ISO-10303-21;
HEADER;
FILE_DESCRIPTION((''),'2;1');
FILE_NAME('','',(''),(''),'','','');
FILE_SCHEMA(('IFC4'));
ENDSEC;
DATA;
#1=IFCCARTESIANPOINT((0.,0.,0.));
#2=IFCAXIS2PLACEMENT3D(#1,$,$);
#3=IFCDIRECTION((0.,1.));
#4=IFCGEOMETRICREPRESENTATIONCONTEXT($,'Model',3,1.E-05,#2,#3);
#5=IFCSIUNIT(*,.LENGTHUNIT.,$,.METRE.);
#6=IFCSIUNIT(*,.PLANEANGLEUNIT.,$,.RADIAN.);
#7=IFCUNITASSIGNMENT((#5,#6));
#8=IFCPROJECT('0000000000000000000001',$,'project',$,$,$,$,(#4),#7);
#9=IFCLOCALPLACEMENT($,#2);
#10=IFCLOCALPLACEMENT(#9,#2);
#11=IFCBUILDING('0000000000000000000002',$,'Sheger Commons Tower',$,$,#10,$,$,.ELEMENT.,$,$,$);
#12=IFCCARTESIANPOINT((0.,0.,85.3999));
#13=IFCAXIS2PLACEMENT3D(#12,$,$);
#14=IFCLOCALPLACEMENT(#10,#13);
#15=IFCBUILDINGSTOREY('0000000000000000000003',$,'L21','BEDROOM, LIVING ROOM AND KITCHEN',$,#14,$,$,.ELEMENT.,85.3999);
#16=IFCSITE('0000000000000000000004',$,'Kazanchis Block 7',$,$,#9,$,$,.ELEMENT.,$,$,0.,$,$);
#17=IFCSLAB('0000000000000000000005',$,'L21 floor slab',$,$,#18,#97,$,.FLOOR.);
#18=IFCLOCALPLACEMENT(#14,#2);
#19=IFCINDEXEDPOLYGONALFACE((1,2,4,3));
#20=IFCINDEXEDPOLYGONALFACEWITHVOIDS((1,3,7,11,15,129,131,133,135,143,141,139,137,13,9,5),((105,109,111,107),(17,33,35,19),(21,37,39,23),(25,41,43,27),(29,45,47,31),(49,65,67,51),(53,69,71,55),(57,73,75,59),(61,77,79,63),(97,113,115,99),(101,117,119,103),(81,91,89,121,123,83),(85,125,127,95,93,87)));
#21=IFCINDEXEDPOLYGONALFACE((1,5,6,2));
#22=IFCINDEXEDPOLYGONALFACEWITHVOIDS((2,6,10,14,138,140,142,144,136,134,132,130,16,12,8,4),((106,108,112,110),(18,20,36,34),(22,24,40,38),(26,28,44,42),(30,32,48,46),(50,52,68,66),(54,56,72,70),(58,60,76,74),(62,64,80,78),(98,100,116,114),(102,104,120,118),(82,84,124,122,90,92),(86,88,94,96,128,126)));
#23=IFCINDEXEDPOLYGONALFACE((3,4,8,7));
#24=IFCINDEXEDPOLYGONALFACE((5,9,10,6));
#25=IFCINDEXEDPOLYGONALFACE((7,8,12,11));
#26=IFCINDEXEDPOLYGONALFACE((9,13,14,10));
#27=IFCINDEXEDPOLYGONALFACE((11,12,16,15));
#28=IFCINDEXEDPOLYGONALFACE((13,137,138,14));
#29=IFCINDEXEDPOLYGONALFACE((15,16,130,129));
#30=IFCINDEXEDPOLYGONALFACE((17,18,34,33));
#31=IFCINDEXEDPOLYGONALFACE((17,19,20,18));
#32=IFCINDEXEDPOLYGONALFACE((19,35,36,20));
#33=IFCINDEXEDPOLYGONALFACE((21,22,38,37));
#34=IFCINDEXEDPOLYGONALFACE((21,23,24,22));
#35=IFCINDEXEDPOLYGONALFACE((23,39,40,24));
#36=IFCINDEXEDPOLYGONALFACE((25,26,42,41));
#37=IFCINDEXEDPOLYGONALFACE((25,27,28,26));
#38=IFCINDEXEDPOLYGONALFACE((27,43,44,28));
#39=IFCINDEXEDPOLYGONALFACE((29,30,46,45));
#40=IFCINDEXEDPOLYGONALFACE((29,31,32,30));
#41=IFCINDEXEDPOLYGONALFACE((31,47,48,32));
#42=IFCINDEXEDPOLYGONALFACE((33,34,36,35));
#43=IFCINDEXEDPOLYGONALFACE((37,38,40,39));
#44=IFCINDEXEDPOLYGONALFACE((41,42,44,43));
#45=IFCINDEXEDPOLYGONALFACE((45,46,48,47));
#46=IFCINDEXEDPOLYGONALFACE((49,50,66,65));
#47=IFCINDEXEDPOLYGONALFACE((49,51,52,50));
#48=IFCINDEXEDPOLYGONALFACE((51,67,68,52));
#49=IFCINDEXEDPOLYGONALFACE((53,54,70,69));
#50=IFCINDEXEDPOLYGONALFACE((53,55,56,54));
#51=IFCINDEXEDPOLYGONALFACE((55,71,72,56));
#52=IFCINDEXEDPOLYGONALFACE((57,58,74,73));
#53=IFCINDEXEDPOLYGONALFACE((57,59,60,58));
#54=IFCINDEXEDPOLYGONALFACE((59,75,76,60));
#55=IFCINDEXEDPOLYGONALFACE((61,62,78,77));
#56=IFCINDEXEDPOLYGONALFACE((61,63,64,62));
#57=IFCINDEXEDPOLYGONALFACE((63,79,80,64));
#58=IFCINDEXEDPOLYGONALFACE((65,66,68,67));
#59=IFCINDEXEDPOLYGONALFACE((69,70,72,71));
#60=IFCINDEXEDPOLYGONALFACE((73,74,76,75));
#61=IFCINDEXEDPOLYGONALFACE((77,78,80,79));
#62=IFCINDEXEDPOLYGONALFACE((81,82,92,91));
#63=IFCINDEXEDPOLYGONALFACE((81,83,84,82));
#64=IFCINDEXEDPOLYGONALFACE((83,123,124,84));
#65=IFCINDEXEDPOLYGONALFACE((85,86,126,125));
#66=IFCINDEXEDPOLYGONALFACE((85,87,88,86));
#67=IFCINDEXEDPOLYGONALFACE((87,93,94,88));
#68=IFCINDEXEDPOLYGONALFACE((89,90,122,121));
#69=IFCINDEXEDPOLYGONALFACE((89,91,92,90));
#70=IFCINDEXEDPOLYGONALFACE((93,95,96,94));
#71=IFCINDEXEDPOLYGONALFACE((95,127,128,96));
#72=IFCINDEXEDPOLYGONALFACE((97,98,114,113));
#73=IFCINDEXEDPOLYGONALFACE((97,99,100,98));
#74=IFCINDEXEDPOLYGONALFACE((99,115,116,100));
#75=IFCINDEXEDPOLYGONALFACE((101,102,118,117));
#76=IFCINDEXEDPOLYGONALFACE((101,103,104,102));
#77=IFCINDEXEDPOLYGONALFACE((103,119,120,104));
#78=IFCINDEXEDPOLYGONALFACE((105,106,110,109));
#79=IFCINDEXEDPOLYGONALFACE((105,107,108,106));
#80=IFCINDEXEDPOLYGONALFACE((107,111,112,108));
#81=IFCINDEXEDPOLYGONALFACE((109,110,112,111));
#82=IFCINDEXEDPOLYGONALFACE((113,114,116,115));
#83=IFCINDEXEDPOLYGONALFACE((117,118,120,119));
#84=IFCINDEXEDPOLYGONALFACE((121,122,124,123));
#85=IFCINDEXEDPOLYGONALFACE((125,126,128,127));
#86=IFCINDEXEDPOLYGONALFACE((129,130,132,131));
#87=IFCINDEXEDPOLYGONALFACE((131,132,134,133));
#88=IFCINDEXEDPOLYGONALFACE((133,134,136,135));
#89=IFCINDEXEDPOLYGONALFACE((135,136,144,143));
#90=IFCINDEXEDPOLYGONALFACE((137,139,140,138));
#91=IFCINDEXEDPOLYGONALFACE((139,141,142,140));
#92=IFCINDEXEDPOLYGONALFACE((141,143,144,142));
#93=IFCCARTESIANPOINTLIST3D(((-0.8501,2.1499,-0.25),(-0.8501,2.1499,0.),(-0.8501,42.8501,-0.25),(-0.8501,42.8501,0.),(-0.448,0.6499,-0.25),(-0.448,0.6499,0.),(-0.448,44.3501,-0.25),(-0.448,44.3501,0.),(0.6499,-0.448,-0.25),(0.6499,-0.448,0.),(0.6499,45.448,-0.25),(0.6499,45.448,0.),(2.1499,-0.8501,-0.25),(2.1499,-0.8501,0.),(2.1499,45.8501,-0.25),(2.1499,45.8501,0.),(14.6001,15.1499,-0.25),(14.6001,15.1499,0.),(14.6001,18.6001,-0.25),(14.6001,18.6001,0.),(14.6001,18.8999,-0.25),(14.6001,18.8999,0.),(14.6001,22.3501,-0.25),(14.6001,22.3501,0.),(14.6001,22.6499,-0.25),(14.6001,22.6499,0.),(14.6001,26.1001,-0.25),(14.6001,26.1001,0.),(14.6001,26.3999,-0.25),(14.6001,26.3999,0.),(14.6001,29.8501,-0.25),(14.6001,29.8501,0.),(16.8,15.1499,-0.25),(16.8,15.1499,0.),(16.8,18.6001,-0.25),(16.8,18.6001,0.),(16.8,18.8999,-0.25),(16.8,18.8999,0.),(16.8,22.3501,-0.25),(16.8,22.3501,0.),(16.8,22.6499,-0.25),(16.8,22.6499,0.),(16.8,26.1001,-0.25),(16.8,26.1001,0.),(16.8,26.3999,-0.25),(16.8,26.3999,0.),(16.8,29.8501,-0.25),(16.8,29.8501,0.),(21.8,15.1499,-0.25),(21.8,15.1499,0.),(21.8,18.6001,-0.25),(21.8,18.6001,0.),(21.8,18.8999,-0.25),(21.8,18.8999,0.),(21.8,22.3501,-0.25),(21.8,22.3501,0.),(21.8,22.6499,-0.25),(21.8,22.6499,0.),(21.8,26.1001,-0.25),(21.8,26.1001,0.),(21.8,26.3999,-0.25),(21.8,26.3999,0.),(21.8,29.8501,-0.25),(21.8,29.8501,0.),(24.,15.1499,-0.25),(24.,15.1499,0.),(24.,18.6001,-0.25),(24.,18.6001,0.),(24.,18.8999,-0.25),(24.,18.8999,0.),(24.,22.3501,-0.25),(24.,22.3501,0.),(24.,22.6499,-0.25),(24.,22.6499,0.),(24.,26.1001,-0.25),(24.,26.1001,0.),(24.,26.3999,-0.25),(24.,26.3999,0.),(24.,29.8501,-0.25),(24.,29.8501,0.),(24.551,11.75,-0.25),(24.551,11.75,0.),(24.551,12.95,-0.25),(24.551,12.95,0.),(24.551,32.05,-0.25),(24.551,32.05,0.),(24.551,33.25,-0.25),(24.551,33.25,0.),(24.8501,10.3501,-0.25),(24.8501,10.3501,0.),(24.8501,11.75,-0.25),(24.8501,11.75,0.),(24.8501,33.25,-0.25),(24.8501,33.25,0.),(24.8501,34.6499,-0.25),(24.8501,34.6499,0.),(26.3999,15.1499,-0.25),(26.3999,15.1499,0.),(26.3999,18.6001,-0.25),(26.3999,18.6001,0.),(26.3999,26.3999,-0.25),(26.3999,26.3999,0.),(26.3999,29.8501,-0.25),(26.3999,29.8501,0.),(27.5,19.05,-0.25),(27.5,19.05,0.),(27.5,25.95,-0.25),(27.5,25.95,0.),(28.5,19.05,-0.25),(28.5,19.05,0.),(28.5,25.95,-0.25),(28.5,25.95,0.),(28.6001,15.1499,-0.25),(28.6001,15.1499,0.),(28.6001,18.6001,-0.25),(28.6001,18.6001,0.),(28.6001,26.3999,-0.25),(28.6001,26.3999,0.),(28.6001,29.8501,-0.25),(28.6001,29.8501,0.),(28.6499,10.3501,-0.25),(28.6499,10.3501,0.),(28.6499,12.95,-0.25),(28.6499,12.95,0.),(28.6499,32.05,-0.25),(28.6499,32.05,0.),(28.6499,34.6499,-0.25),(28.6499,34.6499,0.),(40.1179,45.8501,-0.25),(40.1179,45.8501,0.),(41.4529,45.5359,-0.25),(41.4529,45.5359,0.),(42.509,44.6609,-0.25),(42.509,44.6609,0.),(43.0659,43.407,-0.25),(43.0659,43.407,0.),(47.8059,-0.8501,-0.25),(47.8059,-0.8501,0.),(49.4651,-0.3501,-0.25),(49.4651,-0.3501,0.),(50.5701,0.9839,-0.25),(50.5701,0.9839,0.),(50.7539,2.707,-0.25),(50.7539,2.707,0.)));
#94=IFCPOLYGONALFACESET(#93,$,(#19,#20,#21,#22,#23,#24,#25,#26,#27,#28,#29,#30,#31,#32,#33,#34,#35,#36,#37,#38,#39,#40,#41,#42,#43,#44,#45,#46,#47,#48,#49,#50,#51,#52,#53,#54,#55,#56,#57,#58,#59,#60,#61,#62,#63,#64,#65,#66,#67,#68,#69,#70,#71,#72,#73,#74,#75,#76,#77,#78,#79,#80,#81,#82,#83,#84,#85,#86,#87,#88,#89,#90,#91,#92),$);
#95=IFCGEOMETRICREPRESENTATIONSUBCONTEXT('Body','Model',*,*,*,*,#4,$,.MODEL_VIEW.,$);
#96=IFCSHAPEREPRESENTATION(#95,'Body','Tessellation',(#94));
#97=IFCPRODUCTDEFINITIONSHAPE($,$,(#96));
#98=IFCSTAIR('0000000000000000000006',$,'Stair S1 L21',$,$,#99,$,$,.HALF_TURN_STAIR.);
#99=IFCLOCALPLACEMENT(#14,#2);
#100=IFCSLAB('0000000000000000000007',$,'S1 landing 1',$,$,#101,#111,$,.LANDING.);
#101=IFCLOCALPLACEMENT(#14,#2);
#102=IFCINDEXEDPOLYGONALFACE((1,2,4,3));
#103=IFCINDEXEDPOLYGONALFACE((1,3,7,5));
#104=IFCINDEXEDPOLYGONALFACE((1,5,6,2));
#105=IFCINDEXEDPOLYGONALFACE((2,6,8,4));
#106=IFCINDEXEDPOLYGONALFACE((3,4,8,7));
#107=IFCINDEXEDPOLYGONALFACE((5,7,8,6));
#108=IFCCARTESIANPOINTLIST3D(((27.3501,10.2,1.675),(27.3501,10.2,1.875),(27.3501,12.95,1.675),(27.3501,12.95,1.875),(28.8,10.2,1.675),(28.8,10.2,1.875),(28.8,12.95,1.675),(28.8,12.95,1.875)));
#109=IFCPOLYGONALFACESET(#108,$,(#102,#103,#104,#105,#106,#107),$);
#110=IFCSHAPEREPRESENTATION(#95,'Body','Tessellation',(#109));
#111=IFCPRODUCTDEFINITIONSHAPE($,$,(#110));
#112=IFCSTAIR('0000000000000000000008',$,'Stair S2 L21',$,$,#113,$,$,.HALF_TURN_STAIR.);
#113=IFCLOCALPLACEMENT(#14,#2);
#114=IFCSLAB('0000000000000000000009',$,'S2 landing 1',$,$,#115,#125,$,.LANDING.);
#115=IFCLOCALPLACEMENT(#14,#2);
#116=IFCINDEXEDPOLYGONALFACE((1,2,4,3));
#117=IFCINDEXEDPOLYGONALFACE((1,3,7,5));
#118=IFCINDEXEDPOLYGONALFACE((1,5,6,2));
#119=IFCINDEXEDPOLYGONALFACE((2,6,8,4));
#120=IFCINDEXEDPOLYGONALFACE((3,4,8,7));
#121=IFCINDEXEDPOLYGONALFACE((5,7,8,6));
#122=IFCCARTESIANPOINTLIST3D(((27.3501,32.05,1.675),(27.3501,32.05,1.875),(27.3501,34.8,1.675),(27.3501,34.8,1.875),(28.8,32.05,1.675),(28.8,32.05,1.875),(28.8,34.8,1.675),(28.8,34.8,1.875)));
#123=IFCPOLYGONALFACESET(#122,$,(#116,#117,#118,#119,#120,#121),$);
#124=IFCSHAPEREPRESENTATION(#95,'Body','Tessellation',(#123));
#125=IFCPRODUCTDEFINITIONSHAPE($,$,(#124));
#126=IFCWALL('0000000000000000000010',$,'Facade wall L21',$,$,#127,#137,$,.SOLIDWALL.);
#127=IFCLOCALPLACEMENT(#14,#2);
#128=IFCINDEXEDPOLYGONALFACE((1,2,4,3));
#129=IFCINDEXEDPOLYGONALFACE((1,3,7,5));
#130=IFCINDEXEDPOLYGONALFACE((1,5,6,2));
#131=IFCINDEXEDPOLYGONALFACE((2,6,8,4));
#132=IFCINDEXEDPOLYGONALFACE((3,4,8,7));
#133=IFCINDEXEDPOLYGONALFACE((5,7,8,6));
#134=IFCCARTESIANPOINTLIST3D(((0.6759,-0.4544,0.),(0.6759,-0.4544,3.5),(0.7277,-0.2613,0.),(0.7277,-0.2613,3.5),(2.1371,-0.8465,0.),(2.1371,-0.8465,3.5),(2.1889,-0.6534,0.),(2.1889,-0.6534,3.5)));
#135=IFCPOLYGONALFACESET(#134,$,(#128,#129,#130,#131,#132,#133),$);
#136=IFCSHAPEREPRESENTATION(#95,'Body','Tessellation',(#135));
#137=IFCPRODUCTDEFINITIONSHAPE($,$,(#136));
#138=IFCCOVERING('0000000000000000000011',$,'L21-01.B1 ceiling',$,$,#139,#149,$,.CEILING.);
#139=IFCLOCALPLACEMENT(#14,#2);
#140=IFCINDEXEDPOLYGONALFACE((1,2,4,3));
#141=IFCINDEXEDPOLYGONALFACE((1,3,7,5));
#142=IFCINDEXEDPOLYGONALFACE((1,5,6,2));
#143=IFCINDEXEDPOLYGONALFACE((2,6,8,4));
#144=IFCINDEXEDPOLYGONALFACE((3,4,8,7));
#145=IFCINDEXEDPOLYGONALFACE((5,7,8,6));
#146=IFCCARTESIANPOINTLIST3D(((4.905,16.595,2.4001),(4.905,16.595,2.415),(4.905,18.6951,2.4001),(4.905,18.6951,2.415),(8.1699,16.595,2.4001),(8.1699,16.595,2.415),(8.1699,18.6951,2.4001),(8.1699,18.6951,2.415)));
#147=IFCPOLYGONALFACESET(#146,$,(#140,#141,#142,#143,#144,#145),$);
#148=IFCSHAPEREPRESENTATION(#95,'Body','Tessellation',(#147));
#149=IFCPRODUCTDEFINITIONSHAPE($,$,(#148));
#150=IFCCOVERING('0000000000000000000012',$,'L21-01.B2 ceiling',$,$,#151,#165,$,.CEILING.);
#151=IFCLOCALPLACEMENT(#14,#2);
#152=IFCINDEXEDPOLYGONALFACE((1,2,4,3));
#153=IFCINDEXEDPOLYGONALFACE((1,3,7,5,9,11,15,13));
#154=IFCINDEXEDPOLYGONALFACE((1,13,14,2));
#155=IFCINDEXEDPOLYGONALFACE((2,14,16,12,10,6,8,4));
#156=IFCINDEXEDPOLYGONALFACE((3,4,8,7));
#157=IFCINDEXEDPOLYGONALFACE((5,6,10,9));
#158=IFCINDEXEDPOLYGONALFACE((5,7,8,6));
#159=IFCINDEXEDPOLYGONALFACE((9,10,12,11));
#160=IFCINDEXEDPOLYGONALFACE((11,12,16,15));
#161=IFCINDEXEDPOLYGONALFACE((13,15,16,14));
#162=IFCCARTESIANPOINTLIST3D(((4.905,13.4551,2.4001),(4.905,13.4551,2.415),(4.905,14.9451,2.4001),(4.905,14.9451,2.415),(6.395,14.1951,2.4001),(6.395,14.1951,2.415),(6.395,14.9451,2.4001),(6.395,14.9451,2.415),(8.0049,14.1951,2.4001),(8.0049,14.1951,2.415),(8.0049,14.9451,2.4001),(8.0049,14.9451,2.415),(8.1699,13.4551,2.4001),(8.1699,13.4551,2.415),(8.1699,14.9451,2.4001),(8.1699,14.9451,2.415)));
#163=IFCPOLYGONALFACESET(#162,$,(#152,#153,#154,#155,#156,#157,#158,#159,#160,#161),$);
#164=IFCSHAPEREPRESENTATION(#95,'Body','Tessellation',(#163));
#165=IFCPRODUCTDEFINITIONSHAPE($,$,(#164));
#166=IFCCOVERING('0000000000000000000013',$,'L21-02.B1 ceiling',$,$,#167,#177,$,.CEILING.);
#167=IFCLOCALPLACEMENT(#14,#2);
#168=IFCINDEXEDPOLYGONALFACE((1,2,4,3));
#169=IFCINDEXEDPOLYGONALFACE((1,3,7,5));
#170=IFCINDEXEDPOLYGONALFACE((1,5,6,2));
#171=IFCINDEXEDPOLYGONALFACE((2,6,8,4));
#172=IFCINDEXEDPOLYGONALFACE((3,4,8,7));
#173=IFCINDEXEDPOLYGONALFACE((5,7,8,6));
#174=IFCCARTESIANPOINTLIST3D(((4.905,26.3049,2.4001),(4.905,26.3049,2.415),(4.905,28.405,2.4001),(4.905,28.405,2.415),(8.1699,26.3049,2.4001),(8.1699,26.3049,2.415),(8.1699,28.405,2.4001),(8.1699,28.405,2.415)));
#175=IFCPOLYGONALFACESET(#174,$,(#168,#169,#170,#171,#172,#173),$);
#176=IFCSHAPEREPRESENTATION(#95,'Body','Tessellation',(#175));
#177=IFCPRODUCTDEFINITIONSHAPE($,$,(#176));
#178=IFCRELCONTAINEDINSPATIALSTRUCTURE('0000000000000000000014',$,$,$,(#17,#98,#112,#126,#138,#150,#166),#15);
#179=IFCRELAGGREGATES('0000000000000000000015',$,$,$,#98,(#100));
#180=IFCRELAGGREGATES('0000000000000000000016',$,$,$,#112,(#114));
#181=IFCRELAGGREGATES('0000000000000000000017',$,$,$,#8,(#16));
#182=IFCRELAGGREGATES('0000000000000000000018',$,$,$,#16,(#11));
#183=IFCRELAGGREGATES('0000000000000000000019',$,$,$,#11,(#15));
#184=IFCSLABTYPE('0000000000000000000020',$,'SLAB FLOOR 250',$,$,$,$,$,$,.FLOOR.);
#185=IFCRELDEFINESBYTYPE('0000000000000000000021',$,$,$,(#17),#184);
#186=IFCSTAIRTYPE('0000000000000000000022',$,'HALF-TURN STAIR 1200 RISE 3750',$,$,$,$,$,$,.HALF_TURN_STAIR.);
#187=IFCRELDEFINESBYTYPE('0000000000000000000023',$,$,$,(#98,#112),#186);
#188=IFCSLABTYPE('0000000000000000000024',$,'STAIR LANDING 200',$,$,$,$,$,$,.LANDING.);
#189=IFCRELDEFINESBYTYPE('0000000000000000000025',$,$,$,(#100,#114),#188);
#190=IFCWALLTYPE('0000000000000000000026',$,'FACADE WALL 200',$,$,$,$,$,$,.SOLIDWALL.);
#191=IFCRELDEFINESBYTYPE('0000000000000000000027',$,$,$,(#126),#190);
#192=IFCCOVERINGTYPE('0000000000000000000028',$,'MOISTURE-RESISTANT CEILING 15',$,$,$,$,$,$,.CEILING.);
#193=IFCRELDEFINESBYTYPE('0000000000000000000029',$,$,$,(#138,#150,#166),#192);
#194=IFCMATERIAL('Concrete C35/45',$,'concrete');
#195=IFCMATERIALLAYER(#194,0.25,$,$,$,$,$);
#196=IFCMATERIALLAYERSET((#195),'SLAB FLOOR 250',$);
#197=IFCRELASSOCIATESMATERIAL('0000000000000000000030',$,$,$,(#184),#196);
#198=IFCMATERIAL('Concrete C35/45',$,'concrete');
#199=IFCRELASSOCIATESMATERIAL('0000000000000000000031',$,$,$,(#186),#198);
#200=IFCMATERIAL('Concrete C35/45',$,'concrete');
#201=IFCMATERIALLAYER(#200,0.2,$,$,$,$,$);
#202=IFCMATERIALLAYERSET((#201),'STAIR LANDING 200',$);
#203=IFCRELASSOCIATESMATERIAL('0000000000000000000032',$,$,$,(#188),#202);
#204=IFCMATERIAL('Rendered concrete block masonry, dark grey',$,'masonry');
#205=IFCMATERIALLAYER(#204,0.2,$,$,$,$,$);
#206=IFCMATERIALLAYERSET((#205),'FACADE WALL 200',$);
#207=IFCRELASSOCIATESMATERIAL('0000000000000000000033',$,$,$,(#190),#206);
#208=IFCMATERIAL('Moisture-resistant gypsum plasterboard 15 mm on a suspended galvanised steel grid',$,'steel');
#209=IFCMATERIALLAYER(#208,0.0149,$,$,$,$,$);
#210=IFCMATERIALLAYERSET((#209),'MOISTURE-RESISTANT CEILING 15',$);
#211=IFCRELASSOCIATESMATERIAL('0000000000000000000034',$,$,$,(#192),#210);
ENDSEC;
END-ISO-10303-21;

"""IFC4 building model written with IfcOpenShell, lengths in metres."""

from ifc_helpers import new_model, si_unit, direction, frame, frame_2d, origin, place, context, subcontext, project, spatial, polyline, rectangle, outline, extrude, material, layer, layer_set, type_object, element, aggregate, save


model = new_model("IFC4")

# Units and contexts
model_context = context("Model", 3, precision=1e-05, world=origin(), true_north=direction((0.0, 1.0)))
body_context = subcontext(model_context, "Body", "Model", "MODEL_VIEW")
ifc_project = project(units=[si_unit("LENGTHUNIT", "METRE"), si_unit("PLANEANGLEUNIT", "RADIAN")], contexts=[model_context])

# Site, building, storey
site_placement = place(None, origin())
site = spatial("IfcSite", under=ifc_project, at=site_placement, Name="Kazanchis Block 7", CompositionType="ELEMENT", RefElevation=0.0)
building_placement = place(site_placement, origin())
building = spatial("IfcBuilding", under=site, at=building_placement, Name="Sheger Commons Tower", CompositionType="ELEMENT")
storey_placement = place(building_placement, frame((0.0, 0.0, 85.3999)))
storey = spatial("IfcBuildingStorey", under=building, at=storey_placement, Name="L21", Description="BEDROOM, LIVING ROOM AND KITCHEN", CompositionType="ELEMENT", Elevation=85.3999)

# Slab
ifc_material_1 = material(Name="Concrete C35/45", Category="concrete")
ifc_layer_1 = layer(ifc_material_1, 0.25)
ifc_layer_set_1 = layer_set([ifc_layer_1], Name="SLAB FLOOR 250")
slab_type_1 = type_object("IfcSlabType", Name="SLAB FLOOR 250", PredefinedType="FLOOR", material=ifc_layer_set_1)
slab_1_placement = place(storey_placement, frame((0.0, 0.0, -0.25)))
element("IfcSlab", 1, at=slab_1_placement, inside=storey, type_object=slab_type_1, Name="L21 floor slab", PredefinedType="FLOOR", context=body_context, shape_type="SweptSolid", body=[
    extrude(outline(polyline([(-0.8501, 2.1499), (-0.448, 0.6499), (0.6499, -0.448), (2.1499, -0.8501), (47.8059, -0.8501), (49.4651, -0.3501), (50.5701, 0.9839), (50.7539, 2.707), (43.0659, 43.407), (42.509, 44.6609), (41.4529, 45.5359), (40.1179, 45.8501), (2.1499, 45.8501), (0.6499, 45.448), (-0.448, 44.3501), (-0.8501, 42.8501), (-0.8501, 2.1499)]), holes=[polyline([(24.8501, 10.3501), (28.6499, 10.3501), (28.6499, 12.95), (24.551, 12.95), (24.551, 11.75), (24.8501, 11.75), (24.8501, 10.3501)]), polyline([(24.551, 32.05), (28.6499, 32.05), (28.6499, 34.6499), (24.8501, 34.6499), (24.8501, 33.25), (24.551, 33.25), (24.551, 32.05)]), polyline([(26.3999, 15.1499), (28.6001, 15.1499), (28.6001, 18.6001), (26.3999, 18.6001), (26.3999, 15.1499)]), polyline([(26.3999, 26.3999), (28.6001, 26.3999), (28.6001, 29.8501), (26.3999, 29.8501), (26.3999, 26.3999)]), polyline([(14.6001, 15.1499), (16.8, 15.1499), (16.8, 18.6001), (14.6001, 18.6001), (14.6001, 15.1499)]), polyline([(14.6001, 18.8999), (16.8, 18.8999), (16.8, 22.3501), (14.6001, 22.3501), (14.6001, 18.8999)]), polyline([(14.6001, 22.6499), (16.8, 22.6499), (16.8, 26.1001), (14.6001, 26.1001), (14.6001, 22.6499)]), polyline([(14.6001, 26.3999), (16.8, 26.3999), (16.8, 29.8501), (14.6001, 29.8501), (14.6001, 26.3999)]), polyline([(21.8, 15.1499), (24.0, 15.1499), (24.0, 18.6001), (21.8, 18.6001), (21.8, 15.1499)]), polyline([(21.8, 18.8999), (24.0, 18.8999), (24.0, 22.3501), (21.8, 22.3501), (21.8, 18.8999)]), polyline([(21.8, 22.6499), (24.0, 22.6499), (24.0, 26.1001), (21.8, 26.1001), (21.8, 22.6499)]), polyline([(21.8, 26.3999), (24.0, 26.3999), (24.0, 29.8501), (21.8, 29.8501), (21.8, 26.3999)]), polyline([(27.5, 19.05), (28.5, 19.05), (28.5, 25.95), (27.5, 25.95), (27.5, 19.05)])]), origin(), (0.0, 0.0, 1.0), 0.25),
])

# Stairs, slabs
ifc_material_2 = material(Name="Concrete C35/45", Category="concrete")
stair_type = type_object("IfcStairType", Name="HALF-TURN STAIR 1200 RISE 3750", PredefinedType="HALF_TURN_STAIR", material=ifc_material_2)
stair_1_placement = place(storey_placement, origin())
stair_1 = element("IfcStair", 2, at=stair_1_placement, inside=storey, type_object=stair_type, Name="Stair S1 L21", PredefinedType="HALF_TURN_STAIR")
ifc_material_3 = material(Name="Concrete C35/45", Category="concrete")
ifc_layer_2 = layer(ifc_material_3, 0.2)
ifc_layer_set_2 = layer_set([ifc_layer_2], Name="STAIR LANDING 200")
slab_type_2 = type_object("IfcSlabType", Name="STAIR LANDING 200", PredefinedType="LANDING", material=ifc_layer_set_2)
slab_2_placement = place(storey_placement, frame((0.0, 0.0, 1.675)))
slab_2 = element("IfcSlab", 3, at=slab_2_placement, type_object=slab_type_2, Name="S1 landing 1", PredefinedType="LANDING", context=body_context, shape_type="SweptSolid", body=[
    extrude(outline(polyline([(27.3501, 10.2), (28.8, 10.2), (28.8, 12.95), (27.3501, 12.95), (27.3501, 10.2)])), origin(), (0.0, 0.0, 1.0), 0.2),
])
aggregate(stair_1, [slab_2])
stair_2_placement = place(storey_placement, origin())
stair_2 = element("IfcStair", 4, at=stair_2_placement, inside=storey, type_object=stair_type, Name="Stair S2 L21", PredefinedType="HALF_TURN_STAIR")
slab_3_placement = place(storey_placement, frame((0.0, 0.0, 1.675)))
slab_3 = element("IfcSlab", 5, at=slab_3_placement, type_object=slab_type_2, Name="S2 landing 1", PredefinedType="LANDING", context=body_context, shape_type="SweptSolid", body=[
    extrude(outline(polyline([(27.3501, 32.05), (28.8, 32.05), (28.8, 34.8), (27.3501, 34.8), (27.3501, 32.05)])), origin(), (0.0, 0.0, 1.0), 0.2),
])
aggregate(stair_2, [slab_3])

# Wall
ifc_material_4 = material(Name="Rendered concrete block masonry, dark grey", Category="masonry")
ifc_layer_3 = layer(ifc_material_4, 0.2)
ifc_layer_set_3 = layer_set([ifc_layer_3], Name="FACADE WALL 200")
wall_type = type_object("IfcWallType", Name="FACADE WALL 200", PredefinedType="SOLIDWALL", material=ifc_layer_set_3)
wall_placement = place(storey_placement, frame((0.7019, -0.3579, 0.0), z_axis=(0.0, 0.0, 1.0), x_axis=(0.965832, -0.259169, 0.0)))
element("IfcWall", 6, at=wall_placement, inside=storey, type_object=wall_type, Name="Facade wall L21", PredefinedType="SOLIDWALL", context=body_context, shape_type="SweptSolid", body=[
    extrude(rectangle(XDim=1.5129, YDim=0.2, at=frame_2d((0.7563, 0.0))), origin(), (0.0, 0.0, 1.0), 3.5),
])

# Coverings
ifc_material_5 = material(Name="Moisture-resistant gypsum plasterboard 15 mm on a suspended galvanised steel grid", Category="steel")
ifc_layer_4 = layer(ifc_material_5, 0.0149)
ifc_layer_set_4 = layer_set([ifc_layer_4], Name="MOISTURE-RESISTANT CEILING 15")
covering_type_1 = type_object("IfcCoveringType", Name="MOISTURE-RESISTANT CEILING 15", PredefinedType="CEILING", material=ifc_layer_set_4)
covering_1_placement = place(storey_placement, frame((0.0, 0.0, 2.4001)))
element("IfcCovering", 7, at=covering_1_placement, inside=storey, type_object=covering_type_1, Name="L21-01.B1 ceiling", PredefinedType="CEILING", context=body_context, shape_type="SweptSolid", body=[
    extrude(outline(polyline([(4.905, 16.595), (8.1699, 16.595), (8.1699, 18.6951), (4.905, 18.6951), (4.905, 16.595)])), origin(), (0.0, 0.0, 1.0), 0.0149),
])
covering_2_placement = place(storey_placement, frame((0.0, 0.0, 2.4001)))
element("IfcCovering", 8, at=covering_2_placement, inside=storey, type_object=covering_type_1, Name="L21-01.B2 ceiling", PredefinedType="CEILING", context=body_context, shape_type="SweptSolid", body=[
    extrude(outline(polyline([(4.905, 13.4551), (8.1699, 13.4551), (8.1699, 14.9451), (8.0049, 14.9451), (8.0049, 14.1951), (6.395, 14.1951), (6.395, 14.9451), (4.905, 14.9451), (4.905, 13.4551)])), origin(), (0.0, 0.0, 1.0), 0.0149),
])
covering_3_placement = place(storey_placement, frame((0.0, 0.0, 2.4001)))
element("IfcCovering", 9, at=covering_3_placement, inside=storey, type_object=covering_type_1, Name="L21-02.B1 ceiling", PredefinedType="CEILING", context=body_context, shape_type="SweptSolid", body=[
    extrude(outline(polyline([(4.905, 26.3049), (8.1699, 26.3049), (8.1699, 28.405), (4.905, 28.405), (4.905, 26.3049)])), origin(), (0.0, 0.0, 1.0), 0.0149),
])

save(model, "model.ifc")
